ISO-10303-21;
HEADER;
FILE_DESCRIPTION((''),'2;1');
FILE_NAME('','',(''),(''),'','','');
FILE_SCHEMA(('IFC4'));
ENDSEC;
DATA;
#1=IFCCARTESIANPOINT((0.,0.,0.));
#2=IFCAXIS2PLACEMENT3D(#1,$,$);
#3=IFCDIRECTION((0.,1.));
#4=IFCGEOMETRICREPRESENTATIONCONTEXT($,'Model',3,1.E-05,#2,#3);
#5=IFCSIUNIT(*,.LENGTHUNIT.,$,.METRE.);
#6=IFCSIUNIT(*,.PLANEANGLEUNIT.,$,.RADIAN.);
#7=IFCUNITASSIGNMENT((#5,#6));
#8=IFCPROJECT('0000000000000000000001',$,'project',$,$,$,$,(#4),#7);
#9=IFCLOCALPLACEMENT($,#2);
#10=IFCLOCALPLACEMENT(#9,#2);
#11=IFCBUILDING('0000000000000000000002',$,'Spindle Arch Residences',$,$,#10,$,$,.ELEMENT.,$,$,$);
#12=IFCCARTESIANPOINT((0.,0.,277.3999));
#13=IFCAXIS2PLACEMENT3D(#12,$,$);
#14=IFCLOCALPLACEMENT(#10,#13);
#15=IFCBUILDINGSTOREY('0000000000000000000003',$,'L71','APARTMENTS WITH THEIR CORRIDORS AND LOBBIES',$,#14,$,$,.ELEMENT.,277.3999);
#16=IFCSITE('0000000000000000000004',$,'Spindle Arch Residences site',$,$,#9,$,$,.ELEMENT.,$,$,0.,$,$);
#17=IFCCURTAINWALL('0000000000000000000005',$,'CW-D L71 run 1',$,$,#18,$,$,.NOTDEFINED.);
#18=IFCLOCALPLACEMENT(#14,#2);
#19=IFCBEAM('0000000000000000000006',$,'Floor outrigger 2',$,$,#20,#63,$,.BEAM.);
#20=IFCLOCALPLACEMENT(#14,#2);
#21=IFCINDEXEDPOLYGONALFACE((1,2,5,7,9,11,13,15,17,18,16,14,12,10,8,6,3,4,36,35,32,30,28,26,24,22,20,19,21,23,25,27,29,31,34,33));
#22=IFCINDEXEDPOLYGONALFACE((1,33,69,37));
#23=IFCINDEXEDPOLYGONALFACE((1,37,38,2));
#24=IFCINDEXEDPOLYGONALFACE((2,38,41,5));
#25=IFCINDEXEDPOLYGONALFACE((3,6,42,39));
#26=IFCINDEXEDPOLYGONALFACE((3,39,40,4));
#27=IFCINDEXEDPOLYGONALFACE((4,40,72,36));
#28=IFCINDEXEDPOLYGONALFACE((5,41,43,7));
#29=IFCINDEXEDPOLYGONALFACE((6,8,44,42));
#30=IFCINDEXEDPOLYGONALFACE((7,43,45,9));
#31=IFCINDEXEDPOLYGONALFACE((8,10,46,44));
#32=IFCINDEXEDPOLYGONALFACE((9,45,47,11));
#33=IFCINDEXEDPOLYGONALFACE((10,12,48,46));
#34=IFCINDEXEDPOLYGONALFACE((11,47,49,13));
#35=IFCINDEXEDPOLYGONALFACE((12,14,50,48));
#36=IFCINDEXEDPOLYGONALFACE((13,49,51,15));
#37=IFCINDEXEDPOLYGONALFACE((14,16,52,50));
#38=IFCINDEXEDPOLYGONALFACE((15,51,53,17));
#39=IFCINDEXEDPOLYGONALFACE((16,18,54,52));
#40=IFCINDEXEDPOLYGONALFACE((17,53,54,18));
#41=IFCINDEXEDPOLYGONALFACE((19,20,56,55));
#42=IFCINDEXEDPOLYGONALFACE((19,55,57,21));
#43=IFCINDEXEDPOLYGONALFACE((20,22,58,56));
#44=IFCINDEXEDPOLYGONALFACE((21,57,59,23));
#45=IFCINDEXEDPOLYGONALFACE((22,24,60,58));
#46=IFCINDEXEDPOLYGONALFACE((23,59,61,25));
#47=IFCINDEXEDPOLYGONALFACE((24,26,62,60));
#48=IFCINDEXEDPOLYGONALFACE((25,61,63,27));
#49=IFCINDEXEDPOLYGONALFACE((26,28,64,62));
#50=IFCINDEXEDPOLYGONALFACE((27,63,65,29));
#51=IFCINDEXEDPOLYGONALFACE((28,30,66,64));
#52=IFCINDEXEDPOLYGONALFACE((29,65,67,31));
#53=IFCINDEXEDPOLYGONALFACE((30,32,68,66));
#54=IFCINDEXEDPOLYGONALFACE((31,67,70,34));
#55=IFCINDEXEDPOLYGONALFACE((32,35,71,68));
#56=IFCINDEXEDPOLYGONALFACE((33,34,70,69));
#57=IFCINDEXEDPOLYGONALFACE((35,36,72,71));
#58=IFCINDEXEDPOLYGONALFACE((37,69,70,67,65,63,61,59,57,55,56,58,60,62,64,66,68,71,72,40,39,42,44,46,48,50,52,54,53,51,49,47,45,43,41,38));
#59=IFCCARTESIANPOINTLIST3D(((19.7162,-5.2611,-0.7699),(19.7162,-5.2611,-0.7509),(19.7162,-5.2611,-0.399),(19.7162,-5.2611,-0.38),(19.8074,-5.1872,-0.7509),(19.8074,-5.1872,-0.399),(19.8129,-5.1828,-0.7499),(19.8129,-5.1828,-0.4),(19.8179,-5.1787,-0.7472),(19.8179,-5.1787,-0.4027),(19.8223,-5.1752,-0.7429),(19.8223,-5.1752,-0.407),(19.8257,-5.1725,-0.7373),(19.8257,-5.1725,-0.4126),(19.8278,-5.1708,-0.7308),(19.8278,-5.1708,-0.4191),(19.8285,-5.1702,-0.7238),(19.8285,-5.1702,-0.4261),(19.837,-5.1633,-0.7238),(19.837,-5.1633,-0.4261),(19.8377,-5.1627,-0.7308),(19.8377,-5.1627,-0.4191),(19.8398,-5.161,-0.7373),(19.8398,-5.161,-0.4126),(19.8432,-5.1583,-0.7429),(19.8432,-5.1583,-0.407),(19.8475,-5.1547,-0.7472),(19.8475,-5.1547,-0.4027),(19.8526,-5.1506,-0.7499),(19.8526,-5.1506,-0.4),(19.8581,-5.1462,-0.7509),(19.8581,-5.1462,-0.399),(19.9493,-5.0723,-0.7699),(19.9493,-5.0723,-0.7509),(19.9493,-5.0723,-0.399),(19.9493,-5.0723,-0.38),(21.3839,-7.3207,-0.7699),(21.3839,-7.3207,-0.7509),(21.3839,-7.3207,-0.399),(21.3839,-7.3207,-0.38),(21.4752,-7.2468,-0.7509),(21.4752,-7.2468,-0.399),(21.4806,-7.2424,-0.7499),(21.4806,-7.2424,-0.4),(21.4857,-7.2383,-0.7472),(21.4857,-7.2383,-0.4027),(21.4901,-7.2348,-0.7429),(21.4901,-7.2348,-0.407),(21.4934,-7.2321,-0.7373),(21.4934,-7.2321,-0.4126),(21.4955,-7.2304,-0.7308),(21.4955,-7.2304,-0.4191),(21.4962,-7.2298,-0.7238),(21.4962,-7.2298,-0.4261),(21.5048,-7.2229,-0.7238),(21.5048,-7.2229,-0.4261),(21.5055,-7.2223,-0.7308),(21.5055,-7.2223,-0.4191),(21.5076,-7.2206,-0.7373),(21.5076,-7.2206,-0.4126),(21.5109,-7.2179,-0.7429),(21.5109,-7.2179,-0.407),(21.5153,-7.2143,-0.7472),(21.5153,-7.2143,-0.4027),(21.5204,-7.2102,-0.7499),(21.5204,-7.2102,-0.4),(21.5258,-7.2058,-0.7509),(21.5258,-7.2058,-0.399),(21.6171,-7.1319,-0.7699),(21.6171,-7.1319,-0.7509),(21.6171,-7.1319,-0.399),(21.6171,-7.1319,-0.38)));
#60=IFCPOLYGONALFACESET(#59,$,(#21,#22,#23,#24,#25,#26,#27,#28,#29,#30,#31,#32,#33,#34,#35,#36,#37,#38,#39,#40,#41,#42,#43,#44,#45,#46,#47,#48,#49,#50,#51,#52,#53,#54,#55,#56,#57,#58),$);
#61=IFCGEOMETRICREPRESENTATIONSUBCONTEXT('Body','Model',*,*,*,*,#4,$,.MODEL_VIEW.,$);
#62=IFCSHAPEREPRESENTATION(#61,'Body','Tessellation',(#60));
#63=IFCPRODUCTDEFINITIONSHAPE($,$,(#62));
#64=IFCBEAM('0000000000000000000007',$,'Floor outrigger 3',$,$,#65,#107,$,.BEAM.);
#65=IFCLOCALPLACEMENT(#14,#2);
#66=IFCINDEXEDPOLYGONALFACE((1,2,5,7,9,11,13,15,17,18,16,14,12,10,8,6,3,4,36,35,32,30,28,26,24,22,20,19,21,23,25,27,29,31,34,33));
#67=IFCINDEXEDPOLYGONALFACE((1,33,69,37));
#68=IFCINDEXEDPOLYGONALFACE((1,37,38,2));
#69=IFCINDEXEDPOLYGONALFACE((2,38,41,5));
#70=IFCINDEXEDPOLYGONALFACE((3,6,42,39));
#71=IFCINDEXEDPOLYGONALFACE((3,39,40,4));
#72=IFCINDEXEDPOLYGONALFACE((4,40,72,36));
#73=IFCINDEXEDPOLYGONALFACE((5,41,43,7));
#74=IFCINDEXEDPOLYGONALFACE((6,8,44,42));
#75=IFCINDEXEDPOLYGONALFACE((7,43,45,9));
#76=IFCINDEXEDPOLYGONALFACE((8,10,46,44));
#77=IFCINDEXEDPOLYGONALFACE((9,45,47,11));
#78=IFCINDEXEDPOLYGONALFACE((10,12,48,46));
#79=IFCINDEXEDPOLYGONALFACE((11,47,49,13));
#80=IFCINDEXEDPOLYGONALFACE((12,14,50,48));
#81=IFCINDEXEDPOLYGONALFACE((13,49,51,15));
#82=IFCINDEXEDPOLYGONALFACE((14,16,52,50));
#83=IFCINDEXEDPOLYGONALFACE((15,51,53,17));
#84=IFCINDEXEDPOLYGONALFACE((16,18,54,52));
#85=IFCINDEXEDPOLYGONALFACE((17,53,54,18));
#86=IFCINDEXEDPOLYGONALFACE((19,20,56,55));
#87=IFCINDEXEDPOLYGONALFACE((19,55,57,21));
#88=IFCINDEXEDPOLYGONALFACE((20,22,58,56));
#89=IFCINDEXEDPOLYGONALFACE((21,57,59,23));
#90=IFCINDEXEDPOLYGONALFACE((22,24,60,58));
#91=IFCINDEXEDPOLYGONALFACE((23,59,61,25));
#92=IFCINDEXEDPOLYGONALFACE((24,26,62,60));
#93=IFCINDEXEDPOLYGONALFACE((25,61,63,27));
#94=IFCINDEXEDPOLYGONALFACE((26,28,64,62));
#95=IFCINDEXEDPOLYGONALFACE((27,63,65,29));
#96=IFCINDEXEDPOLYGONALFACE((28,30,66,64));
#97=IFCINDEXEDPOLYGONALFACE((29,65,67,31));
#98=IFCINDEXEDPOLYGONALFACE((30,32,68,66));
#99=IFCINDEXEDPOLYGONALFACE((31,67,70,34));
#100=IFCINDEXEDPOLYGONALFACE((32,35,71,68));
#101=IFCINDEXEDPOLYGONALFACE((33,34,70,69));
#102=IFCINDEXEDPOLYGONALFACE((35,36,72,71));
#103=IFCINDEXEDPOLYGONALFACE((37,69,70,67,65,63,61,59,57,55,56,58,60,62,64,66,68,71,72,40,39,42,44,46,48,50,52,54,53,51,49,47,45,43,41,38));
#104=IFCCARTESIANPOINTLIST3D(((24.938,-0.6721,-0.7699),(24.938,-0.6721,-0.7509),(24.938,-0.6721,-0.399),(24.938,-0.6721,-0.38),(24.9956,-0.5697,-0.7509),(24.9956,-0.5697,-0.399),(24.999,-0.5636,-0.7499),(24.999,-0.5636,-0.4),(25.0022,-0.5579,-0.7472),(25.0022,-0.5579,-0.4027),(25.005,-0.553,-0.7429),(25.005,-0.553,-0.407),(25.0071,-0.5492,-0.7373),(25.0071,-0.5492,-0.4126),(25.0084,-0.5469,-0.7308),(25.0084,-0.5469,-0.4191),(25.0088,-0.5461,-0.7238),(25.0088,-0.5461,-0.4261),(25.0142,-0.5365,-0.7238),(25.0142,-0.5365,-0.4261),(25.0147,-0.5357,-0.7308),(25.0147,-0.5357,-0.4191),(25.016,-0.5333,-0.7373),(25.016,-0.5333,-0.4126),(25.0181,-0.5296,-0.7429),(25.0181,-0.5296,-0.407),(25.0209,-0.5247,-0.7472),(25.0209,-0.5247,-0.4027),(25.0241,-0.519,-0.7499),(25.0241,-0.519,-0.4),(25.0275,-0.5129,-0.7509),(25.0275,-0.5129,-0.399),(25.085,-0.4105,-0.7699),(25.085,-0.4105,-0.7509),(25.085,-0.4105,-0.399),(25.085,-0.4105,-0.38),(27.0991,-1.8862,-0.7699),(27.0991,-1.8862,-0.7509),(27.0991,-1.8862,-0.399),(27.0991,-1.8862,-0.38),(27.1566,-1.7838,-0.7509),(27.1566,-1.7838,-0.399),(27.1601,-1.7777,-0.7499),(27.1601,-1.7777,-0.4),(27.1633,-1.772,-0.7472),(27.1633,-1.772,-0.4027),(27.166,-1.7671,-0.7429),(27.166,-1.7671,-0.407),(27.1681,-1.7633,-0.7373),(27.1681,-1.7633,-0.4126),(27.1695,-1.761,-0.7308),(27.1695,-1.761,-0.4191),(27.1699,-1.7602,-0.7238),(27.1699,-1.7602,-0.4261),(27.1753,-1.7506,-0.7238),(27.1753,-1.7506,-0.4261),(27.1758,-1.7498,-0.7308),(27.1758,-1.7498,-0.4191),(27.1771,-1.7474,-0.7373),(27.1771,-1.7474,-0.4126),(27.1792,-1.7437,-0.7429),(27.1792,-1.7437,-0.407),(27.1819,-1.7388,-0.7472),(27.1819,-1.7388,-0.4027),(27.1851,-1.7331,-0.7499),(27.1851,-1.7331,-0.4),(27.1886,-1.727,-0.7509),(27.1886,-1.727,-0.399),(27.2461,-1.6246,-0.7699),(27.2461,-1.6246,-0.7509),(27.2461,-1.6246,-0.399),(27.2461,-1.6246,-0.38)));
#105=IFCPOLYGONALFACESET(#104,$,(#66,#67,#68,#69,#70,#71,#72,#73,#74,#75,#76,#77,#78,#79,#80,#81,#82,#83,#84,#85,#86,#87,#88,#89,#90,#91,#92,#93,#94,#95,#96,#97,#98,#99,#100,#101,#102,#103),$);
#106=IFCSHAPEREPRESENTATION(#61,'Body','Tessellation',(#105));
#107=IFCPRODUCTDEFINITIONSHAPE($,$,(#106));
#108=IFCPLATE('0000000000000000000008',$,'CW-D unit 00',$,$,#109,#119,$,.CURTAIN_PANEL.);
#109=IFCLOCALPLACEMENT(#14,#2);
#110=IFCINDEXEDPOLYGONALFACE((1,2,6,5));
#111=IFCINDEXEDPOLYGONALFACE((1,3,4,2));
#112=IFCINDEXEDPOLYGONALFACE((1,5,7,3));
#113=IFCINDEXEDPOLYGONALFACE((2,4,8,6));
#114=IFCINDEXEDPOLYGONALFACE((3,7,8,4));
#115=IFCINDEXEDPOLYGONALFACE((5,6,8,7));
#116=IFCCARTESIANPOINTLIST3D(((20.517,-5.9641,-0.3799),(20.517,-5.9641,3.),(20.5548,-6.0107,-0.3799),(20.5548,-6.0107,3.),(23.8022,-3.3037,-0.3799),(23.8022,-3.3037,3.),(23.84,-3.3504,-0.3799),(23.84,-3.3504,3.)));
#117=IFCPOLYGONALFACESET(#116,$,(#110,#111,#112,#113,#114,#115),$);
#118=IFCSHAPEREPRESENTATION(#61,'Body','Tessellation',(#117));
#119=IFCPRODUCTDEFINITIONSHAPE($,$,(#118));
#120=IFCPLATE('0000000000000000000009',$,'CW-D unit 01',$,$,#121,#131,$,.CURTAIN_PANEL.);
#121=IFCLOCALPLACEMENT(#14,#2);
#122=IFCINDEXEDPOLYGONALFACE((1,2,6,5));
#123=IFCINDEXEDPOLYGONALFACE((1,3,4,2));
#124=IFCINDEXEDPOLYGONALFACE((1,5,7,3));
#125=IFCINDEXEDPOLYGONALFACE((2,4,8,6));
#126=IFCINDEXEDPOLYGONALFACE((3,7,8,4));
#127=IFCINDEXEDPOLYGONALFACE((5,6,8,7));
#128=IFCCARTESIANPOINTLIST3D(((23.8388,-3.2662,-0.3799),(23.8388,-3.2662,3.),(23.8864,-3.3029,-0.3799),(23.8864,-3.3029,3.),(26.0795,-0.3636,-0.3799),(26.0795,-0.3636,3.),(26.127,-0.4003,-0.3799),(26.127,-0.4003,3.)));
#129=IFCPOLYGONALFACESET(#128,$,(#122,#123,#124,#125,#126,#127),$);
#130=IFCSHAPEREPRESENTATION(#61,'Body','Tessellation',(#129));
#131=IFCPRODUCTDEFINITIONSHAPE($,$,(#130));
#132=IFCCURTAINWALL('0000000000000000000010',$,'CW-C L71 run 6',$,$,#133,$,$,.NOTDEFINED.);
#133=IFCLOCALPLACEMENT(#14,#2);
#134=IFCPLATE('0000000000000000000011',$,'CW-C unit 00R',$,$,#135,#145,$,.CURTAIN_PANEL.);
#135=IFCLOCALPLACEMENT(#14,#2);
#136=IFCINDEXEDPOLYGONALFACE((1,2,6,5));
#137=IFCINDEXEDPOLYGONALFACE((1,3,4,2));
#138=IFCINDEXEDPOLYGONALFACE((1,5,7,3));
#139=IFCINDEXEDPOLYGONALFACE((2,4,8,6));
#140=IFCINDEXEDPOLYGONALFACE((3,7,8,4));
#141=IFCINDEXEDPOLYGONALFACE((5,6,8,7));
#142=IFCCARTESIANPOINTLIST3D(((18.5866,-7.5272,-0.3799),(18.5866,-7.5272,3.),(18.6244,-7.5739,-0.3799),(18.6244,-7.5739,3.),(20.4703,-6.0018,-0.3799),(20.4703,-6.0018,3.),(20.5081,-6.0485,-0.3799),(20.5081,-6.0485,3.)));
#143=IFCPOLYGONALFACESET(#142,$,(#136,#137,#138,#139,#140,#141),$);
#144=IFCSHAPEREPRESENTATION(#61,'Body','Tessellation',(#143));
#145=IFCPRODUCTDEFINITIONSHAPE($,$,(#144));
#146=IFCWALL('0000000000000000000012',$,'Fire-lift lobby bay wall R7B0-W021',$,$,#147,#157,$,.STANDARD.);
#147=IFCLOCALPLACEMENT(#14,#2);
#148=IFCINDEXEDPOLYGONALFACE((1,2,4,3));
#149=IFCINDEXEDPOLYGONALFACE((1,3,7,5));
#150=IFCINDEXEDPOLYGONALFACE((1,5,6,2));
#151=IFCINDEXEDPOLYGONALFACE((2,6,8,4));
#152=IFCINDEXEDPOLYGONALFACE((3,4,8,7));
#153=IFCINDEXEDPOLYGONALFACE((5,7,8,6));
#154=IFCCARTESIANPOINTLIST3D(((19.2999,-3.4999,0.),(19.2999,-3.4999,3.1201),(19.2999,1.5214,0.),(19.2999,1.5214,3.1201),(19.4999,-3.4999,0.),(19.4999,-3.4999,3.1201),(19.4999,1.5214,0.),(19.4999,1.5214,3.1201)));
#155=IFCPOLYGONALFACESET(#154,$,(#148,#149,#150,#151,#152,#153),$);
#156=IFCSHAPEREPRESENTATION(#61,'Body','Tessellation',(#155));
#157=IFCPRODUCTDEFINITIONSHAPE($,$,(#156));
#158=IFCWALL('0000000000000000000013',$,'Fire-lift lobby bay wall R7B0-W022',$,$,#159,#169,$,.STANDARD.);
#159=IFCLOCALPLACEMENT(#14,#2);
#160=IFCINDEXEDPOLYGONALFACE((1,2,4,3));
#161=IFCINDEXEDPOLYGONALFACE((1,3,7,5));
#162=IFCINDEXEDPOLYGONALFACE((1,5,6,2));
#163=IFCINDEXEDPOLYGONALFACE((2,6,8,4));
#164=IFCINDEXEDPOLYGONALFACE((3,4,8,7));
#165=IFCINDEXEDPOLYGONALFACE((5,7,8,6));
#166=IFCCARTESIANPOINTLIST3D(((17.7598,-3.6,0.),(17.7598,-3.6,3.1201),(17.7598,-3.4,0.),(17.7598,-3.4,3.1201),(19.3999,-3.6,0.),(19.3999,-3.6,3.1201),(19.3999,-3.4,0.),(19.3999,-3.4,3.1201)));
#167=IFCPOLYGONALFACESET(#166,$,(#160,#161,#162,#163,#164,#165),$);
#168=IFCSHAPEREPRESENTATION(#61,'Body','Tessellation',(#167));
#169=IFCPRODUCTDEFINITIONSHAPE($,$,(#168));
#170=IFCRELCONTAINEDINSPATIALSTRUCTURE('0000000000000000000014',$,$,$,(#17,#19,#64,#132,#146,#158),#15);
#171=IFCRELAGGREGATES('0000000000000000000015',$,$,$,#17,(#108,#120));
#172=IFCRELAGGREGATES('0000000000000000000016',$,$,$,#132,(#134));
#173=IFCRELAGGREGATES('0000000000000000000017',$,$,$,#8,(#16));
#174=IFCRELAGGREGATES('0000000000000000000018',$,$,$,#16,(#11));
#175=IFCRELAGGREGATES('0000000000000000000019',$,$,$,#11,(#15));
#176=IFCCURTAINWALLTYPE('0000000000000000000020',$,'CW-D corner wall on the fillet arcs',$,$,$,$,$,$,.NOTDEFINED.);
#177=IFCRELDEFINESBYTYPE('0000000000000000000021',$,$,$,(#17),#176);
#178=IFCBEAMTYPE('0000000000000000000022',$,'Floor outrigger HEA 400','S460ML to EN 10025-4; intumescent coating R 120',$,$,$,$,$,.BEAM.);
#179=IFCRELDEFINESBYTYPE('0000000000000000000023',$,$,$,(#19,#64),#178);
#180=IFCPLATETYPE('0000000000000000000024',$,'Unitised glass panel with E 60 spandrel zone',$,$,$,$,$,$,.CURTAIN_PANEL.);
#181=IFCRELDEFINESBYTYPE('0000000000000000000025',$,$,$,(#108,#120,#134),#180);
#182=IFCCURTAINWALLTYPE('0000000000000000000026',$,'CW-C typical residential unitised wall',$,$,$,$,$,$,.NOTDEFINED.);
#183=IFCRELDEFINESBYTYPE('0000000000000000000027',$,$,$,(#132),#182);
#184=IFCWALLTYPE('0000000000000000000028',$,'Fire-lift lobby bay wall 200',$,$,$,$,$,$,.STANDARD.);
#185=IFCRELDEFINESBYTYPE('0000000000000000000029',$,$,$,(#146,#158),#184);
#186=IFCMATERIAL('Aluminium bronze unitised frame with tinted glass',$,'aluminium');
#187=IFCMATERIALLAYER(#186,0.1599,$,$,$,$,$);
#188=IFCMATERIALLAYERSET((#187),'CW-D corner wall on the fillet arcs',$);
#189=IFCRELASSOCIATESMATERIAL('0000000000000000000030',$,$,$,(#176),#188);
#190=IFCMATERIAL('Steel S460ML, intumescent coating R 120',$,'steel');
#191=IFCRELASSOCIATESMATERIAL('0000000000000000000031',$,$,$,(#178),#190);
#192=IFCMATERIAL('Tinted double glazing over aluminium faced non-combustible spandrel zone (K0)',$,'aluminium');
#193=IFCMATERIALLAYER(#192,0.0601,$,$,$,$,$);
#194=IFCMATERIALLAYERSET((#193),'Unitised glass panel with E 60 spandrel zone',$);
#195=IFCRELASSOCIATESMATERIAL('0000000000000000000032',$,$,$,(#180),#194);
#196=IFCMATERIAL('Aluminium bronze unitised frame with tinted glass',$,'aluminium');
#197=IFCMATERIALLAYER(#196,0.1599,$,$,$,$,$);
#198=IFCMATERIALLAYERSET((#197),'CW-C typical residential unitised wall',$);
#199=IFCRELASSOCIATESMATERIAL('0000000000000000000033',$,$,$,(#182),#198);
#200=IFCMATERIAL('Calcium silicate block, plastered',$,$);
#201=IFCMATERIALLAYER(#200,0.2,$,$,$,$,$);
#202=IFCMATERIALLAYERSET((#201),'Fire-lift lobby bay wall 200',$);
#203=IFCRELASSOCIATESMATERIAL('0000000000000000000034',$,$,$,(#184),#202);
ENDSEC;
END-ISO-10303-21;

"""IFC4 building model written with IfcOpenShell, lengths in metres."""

from ifc_helpers import new_model, si_unit, direction, frame, frame_2d, origin, origin_2d, place, context, subcontext, project, spatial, rectangle, i_section, extrude, material, layer, layer_set, material_profile, profile_set, type_object, element, aggregate, save


model = new_model("IFC4")

# Units and contexts
model_context = context("Model", 3, precision=1e-05, world=origin(), true_north=direction((0.0, 1.0)))
body_context = subcontext(model_context, "Body", "Model", "MODEL_VIEW")
ifc_project = project(units=[si_unit("LENGTHUNIT", "METRE"), si_unit("PLANEANGLEUNIT", "RADIAN")], contexts=[model_context])

# Site, building, storey
site_placement = place(None, origin())
site = spatial("IfcSite", under=ifc_project, at=site_placement, Name="Spindle Arch Residences site", CompositionType="ELEMENT", RefElevation=0.0)
building_placement = place(site_placement, origin())
building = spatial("IfcBuilding", under=site, at=building_placement, Name="Spindle Arch Residences", CompositionType="ELEMENT")
storey_placement = place(building_placement, frame((0.0, 0.0, 277.3999)))
storey = spatial("IfcBuildingStorey", under=building, at=storey_placement, Name="L71", Description="APARTMENTS WITH THEIR CORRIDORS AND LOBBIES", CompositionType="ELEMENT", Elevation=277.3999)

# Curtain wall
ifc_material_1 = material(Name="Aluminium bronze unitised frame with tinted glass", Category="aluminium")
ifc_layer_1 = layer(ifc_material_1, 0.1599)
ifc_layer_set_1 = layer_set([ifc_layer_1], Name="CW-D corner wall on the fillet arcs")
curtain_wall_type_1 = type_object("IfcCurtainWallType", Name="CW-D corner wall on the fillet arcs", PredefinedType="NOTDEFINED", material=ifc_layer_set_1)
curtain_wall_1_placement = place(storey_placement, origin())
curtain_wall_1 = element("IfcCurtainWall", 1, at=curtain_wall_1_placement, inside=storey, type_object=curtain_wall_type_1, Name="CW-D L71 run 1", PredefinedType="NOTDEFINED")

# Beams
ifc_material_2 = material(Name="Steel S460ML, intumescent coating R 120", Category="steel")
ifc_material_profile_1 = material_profile(ifc_material_2, i_section(OverallWidth=0.3, OverallDepth=0.3899, WebThickness=0.011, FlangeThickness=0.019, FilletRadius=0.0271, at=origin_2d()), Name="HEA 400")
ifc_profile_set_1 = profile_set([ifc_material_profile_1], Name="Steel S460ML, intumescent coating R 120")
beam_type_1 = type_object("IfcBeamType", Name="Floor outrigger HEA 400", Description="S460ML to EN 10025-4; intumescent coating R 120", PredefinedType="BEAM", material=ifc_profile_set_1)
beam_1_placement = place(storey_placement, frame((21.5005, -7.2263, -0.575), z_axis=(-0.629302, 0.777161, 0.0), x_axis=(-0.777161, -0.629302, 0.0)))
element("IfcBeam", 2, at=beam_1_placement, inside=storey, type_object=beam_type_1, Name="Floor outrigger 2", PredefinedType="BEAM", context=body_context, shape_type="SweptSolid", body=[
    extrude(i_section(OverallWidth=0.3, OverallDepth=0.3899, WebThickness=0.011, FlangeThickness=0.019, FilletRadius=0.0271, at=origin_2d()), origin(), (0.0, 0.0, 1.0), 2.6501),
])
beam_2_placement = place(storey_placement, frame((27.1726, -1.7554, -0.575), z_axis=(-0.871838, 0.489794, 0.0), x_axis=(-0.489794, -0.871838, 0.0)))
element("IfcBeam", 3, at=beam_2_placement, inside=storey, type_object=beam_type_1, Name="Floor outrigger 3", PredefinedType="BEAM", context=body_context, shape_type="SweptSolid", body=[
    extrude(i_section(OverallWidth=0.3, OverallDepth=0.3899, WebThickness=0.011, FlangeThickness=0.019, FilletRadius=0.0271, at=origin_2d()), origin(), (0.0, 0.0, 1.0), 2.4788),
])

# Plates
ifc_material_3 = material(Name="Tinted double glazing over aluminium faced non-combustible spandrel zone (K0)", Category="aluminium")
ifc_layer_2 = layer(ifc_material_3, 0.0601)
ifc_layer_set_2 = layer_set([ifc_layer_2], Name="Unitised glass panel with E 60 spandrel zone")
plate_type = type_object("IfcPlateType", Name="Unitised glass panel with E 60 spandrel zone", PredefinedType="CURTAIN_PANEL", material=ifc_layer_set_2)
plate_1_placement = place(storey_placement, frame((22.1785, -4.6572, -0.3799), z_axis=(0.0, 0.0, 1.0), x_axis=(0.777146, 0.62932, 0.0)))
plate_1 = element("IfcPlate", 4, at=plate_1_placement, type_object=plate_type, Name="CW-D unit 00", PredefinedType="CURTAIN_PANEL", context=body_context, shape_type="SweptSolid", body=[
    extrude(rectangle(XDim=4.2273, YDim=0.0601, at=origin_2d()), origin(), (0.0, 0.0, 1.0), 3.3799),
])
plate_2_placement = place(storey_placement, frame((24.9829, -1.8333, -0.3799), z_axis=(0.0, 0.0, 1.0), x_axis=(0.611067, 0.791579, 0.0)))
plate_2 = element("IfcPlate", 5, at=plate_2_placement, type_object=plate_type, Name="CW-D unit 01", PredefinedType="CURTAIN_PANEL", context=body_context, shape_type="SweptSolid", body=[
    extrude(rectangle(XDim=3.6667, YDim=0.0601, at=origin_2d()), origin(), (0.0, 0.0, 1.0), 3.3799),
])
aggregate(curtain_wall_1, [plate_1, plate_2])

# Curtain wall, plate
ifc_material_4 = material(Name="Aluminium bronze unitised frame with tinted glass", Category="aluminium")
ifc_layer_3 = layer(ifc_material_4, 0.1599)
ifc_layer_set_3 = layer_set([ifc_layer_3], Name="CW-C typical residential unitised wall")
curtain_wall_type_2 = type_object("IfcCurtainWallType", Name="CW-C typical residential unitised wall", PredefinedType="NOTDEFINED", material=ifc_layer_set_3)
curtain_wall_2_placement = place(storey_placement, origin())
curtain_wall_2 = element("IfcCurtainWall", 6, at=curtain_wall_2_placement, inside=storey, type_object=curtain_wall_type_2, Name="CW-C L71 run 6", PredefinedType="NOTDEFINED")
plate_3_placement = place(storey_placement, frame((19.5474, -6.7878, -0.3799), z_axis=(0.0, 0.0, 1.0), x_axis=(0.777146, 0.62932, 0.0)))
plate_3 = element("IfcPlate", 7, at=plate_3_placement, type_object=plate_type, Name="CW-C unit 00R", PredefinedType="CURTAIN_PANEL", context=body_context, shape_type="SweptSolid", body=[
    extrude(rectangle(XDim=2.4238, YDim=0.0601, at=origin_2d()), origin(), (0.0, 0.0, 1.0), 3.3799),
])
aggregate(curtain_wall_2, [plate_3])

# Walls
ifc_material_5 = material(Name="Calcium silicate block, plastered")
ifc_layer_4 = layer(ifc_material_5, 0.2)
ifc_layer_set_4 = layer_set([ifc_layer_4], Name="Fire-lift lobby bay wall 200")
wall_type_1 = type_object("IfcWallType", Name="Fire-lift lobby bay wall 200", PredefinedType="STANDARD", material=ifc_layer_set_4)
wall_1_placement = place(storey_placement, frame((19.3999, -3.5, 0.0), z_axis=(0.0, 0.0, 1.0), x_axis=(0.0, 1.0, 0.0)))
element("IfcWall", 8, at=wall_1_placement, inside=storey, type_object=wall_type_1, Name="Fire-lift lobby bay wall R7B0-W021", PredefinedType="STANDARD", context=body_context, shape_type="SweptSolid", body=[
    extrude(rectangle(XDim=5.0212, YDim=0.2, at=frame_2d((2.5107, 0.0))), origin(), (0.0, 0.0, 1.0), 3.1201),
])
wall_2_placement = place(storey_placement, frame((17.7598, -3.5, 0.0), z_axis=(0.0, 0.0, 1.0), x_axis=(1.0, 0.0, 0.0)))
element("IfcWall", 9, at=wall_2_placement, inside=storey, type_object=wall_type_1, Name="Fire-lift lobby bay wall R7B0-W022", PredefinedType="STANDARD", context=body_context, shape_type="SweptSolid", body=[
    extrude(rectangle(XDim=1.6401, YDim=0.2, at=frame_2d((0.8201, 0.0))), origin(), (0.0, 0.0, 1.0), 3.1201),
])

save(model, "model.ifc")
